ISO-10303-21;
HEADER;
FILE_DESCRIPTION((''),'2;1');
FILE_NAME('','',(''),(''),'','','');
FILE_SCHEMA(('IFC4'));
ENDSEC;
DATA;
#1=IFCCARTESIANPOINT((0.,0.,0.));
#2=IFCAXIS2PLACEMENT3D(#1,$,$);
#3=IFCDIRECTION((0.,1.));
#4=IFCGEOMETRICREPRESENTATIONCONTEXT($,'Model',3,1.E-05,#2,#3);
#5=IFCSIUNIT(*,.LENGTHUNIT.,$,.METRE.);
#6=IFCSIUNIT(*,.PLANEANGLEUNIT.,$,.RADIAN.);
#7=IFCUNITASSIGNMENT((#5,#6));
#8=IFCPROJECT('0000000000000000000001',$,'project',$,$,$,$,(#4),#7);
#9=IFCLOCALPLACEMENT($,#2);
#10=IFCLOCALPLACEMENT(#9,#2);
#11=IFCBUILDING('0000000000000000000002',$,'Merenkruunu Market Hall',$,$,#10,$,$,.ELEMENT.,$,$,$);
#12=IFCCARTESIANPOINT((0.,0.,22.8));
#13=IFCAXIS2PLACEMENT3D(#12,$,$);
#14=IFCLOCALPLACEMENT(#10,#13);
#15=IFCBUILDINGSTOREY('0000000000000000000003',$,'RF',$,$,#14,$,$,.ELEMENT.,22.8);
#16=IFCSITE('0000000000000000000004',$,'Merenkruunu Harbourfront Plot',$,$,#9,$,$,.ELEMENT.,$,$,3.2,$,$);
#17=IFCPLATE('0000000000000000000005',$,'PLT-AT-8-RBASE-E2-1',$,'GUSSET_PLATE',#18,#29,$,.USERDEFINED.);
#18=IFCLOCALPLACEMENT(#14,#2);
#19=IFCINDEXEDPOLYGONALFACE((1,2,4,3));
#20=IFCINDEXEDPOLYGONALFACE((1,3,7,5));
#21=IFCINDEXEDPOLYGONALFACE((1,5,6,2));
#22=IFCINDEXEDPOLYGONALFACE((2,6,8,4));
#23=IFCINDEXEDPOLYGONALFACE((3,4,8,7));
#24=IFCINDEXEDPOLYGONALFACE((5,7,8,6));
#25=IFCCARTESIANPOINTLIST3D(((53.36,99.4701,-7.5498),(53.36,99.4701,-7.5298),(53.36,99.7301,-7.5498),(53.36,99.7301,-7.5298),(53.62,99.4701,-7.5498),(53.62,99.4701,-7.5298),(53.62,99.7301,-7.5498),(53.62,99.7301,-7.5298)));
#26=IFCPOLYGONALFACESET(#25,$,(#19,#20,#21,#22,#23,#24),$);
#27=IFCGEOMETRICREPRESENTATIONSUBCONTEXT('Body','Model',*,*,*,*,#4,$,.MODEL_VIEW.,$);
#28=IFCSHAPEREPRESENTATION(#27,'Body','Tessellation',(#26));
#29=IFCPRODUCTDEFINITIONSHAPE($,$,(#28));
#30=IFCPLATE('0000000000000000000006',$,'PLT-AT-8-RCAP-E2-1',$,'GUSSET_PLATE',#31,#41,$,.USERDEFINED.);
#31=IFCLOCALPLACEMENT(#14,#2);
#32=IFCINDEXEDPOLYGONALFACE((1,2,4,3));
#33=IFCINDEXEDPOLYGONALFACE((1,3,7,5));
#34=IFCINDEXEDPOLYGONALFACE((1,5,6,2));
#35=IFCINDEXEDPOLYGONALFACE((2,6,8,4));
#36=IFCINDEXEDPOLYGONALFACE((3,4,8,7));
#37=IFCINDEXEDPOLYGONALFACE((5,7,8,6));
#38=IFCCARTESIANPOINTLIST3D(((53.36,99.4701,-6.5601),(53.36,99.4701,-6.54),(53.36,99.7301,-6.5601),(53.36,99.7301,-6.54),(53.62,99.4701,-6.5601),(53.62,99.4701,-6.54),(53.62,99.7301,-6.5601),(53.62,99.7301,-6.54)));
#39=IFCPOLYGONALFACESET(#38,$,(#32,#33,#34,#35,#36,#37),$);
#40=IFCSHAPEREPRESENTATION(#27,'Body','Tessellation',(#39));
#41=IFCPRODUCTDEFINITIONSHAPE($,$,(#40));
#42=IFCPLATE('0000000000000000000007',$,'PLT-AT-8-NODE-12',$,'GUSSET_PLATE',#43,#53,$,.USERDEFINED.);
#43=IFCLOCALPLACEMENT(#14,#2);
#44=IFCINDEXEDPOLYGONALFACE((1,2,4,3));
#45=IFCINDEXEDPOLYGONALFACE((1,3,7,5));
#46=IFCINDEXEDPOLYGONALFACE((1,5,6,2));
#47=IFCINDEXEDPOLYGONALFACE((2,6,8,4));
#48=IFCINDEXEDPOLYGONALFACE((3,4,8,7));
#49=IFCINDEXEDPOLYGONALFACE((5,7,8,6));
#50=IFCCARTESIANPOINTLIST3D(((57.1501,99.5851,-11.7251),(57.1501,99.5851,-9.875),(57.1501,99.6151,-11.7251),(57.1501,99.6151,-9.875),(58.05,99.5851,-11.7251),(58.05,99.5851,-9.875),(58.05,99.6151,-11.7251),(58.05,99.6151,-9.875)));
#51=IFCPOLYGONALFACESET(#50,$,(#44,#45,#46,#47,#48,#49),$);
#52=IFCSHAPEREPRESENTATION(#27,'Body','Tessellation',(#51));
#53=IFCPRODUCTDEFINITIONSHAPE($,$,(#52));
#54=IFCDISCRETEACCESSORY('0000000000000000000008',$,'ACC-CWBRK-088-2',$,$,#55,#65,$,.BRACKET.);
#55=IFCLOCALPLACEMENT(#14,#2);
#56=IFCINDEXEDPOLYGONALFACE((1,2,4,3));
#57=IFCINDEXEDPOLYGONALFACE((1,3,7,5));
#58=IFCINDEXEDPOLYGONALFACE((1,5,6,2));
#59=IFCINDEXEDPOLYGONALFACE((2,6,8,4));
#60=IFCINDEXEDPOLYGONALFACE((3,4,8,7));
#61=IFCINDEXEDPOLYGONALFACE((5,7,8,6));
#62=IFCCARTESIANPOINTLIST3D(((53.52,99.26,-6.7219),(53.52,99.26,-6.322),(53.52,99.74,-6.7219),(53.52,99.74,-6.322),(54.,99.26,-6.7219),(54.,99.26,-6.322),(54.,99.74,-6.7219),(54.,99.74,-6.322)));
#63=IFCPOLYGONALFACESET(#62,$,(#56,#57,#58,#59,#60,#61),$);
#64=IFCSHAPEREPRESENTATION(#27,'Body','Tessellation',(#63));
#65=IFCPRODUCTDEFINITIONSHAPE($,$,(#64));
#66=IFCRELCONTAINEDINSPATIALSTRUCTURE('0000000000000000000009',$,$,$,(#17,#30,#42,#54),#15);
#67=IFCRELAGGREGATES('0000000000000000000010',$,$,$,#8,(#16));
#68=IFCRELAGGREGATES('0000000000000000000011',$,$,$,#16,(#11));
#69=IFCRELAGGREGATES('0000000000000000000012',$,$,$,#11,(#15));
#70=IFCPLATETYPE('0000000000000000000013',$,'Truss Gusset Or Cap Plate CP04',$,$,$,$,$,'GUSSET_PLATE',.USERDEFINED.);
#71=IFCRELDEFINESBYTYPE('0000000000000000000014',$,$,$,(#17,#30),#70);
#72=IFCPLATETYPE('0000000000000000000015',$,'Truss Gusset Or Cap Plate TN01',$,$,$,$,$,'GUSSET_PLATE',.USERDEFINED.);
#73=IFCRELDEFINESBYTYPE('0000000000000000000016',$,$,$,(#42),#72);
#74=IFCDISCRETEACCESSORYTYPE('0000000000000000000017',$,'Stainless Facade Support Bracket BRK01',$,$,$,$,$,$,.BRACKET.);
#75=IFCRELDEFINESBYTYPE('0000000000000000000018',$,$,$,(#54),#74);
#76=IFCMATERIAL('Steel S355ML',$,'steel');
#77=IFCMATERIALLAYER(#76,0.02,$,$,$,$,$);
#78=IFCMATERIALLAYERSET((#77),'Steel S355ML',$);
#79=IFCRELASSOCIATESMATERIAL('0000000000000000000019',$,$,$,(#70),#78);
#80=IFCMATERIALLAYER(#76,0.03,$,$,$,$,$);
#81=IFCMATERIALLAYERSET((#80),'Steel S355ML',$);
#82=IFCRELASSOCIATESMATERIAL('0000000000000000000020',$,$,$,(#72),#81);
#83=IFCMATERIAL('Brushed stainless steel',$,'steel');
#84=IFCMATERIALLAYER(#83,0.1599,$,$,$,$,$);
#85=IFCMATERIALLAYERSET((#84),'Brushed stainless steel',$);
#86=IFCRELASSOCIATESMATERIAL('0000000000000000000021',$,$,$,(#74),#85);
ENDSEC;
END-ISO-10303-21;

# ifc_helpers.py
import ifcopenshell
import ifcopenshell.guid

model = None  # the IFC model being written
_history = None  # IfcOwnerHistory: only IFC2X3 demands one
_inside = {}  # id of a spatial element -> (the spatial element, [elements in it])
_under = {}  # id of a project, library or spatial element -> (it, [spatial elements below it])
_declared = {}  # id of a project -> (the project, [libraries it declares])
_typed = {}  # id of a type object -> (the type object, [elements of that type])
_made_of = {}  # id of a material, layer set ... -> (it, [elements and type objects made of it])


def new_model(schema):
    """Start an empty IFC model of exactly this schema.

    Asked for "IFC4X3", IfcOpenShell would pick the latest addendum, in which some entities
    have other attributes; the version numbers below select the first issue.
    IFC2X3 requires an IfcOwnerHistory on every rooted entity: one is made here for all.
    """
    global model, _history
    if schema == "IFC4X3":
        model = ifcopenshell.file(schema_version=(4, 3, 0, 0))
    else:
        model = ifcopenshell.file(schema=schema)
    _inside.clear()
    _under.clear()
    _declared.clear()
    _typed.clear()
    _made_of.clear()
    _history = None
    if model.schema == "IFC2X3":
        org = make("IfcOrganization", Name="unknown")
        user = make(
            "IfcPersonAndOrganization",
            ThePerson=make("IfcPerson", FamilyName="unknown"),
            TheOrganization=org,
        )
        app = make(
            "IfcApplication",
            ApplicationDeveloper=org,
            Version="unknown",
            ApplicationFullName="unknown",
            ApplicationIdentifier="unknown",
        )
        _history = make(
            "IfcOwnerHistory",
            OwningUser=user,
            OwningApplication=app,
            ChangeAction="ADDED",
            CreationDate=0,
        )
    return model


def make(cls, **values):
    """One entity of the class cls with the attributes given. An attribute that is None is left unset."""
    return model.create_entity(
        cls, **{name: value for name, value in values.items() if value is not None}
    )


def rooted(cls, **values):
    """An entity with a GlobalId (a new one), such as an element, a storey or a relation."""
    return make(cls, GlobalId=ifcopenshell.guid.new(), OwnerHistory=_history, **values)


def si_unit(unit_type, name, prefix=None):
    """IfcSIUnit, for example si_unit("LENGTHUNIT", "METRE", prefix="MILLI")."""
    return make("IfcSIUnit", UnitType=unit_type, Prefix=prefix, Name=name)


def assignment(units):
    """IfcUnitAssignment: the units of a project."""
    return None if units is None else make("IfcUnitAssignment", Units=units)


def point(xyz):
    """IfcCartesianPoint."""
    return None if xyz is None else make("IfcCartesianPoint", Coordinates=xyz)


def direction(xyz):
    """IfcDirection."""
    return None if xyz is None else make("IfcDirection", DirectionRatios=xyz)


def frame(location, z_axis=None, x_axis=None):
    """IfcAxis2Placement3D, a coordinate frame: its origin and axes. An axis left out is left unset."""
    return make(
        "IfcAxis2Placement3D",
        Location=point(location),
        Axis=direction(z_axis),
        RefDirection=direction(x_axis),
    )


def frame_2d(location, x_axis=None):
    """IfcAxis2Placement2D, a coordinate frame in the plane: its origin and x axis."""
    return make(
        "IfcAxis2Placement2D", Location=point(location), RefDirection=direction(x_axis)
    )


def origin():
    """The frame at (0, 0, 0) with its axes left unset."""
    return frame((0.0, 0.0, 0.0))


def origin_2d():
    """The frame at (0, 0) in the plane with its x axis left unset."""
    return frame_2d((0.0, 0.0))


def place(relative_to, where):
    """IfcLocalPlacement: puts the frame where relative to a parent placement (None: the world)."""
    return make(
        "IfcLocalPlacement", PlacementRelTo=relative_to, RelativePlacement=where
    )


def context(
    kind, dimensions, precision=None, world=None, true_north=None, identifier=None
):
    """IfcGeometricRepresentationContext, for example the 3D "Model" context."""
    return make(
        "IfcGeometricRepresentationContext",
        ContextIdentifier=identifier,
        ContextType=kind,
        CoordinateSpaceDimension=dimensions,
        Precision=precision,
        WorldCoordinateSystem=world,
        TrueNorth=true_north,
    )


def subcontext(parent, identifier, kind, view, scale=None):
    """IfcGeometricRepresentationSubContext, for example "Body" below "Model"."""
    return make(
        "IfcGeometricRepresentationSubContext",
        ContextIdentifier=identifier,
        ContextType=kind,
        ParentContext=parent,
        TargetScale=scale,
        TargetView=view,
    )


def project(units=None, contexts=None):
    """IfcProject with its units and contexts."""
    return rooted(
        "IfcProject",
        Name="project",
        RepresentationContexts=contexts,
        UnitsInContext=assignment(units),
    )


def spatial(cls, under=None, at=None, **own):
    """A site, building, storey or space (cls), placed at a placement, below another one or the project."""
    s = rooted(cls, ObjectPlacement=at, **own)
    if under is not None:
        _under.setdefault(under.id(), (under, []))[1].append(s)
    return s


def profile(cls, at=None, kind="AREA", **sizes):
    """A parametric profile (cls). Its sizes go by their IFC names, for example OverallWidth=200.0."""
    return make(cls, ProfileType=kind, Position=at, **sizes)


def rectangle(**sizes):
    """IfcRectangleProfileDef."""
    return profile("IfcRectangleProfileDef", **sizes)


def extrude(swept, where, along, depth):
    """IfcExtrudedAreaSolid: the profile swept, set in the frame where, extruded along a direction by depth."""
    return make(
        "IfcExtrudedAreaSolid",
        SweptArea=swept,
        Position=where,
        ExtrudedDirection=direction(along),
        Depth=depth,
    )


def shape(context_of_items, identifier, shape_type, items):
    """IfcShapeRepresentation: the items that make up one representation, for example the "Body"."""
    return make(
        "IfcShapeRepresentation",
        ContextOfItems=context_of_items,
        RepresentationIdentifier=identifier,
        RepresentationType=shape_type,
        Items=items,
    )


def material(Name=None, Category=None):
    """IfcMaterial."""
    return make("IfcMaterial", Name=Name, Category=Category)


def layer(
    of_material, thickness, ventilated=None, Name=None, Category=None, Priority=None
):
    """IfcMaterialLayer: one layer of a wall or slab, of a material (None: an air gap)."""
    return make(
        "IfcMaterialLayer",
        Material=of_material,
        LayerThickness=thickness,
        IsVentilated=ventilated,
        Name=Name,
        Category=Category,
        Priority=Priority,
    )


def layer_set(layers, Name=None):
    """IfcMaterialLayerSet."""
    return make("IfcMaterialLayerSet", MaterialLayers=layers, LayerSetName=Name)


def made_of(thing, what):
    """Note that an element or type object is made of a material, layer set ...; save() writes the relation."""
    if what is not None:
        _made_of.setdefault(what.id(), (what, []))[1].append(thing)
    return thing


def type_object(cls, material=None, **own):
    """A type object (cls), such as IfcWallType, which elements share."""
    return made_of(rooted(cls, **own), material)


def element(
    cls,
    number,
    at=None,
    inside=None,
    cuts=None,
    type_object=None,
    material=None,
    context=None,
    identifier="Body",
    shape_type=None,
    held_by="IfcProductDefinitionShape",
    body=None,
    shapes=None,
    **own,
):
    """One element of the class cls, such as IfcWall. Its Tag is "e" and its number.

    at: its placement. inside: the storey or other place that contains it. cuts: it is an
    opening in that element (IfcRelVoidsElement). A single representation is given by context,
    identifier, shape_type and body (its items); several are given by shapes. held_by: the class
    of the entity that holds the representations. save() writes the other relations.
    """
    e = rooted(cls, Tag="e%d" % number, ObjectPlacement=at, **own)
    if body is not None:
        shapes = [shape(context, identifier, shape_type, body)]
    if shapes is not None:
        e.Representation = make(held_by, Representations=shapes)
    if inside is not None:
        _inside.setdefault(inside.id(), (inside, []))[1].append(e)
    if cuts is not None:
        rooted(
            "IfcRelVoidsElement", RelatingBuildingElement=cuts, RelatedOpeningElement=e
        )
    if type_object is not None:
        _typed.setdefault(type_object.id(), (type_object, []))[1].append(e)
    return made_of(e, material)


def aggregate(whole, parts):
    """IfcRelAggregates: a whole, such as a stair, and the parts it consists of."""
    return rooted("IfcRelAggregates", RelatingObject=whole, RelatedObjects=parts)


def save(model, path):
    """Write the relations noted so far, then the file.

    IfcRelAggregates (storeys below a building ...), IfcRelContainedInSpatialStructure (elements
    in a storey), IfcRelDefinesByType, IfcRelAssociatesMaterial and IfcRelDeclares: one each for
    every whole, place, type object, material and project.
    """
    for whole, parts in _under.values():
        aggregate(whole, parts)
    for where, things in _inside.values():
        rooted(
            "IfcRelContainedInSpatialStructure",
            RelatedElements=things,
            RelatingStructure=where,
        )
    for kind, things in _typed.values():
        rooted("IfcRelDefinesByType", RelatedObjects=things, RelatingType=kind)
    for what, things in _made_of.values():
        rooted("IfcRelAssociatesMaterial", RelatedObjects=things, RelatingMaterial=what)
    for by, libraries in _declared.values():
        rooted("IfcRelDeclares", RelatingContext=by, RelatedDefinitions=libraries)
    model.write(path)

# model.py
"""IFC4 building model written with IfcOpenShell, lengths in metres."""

from ifc_helpers import new_model, si_unit, direction, frame, origin, origin_2d, place, context, subcontext, project, spatial, rectangle, extrude, material, layer, layer_set, type_object, element, save


model = new_model("IFC4")

# Units and contexts
model_context = context("Model", 3, precision=1e-05, world=origin(), true_north=direction((0.0, 1.0)))
body_context = subcontext(model_context, "Body", "Model", "MODEL_VIEW")
ifc_project = project(units=[si_unit("LENGTHUNIT", "METRE"), si_unit("PLANEANGLEUNIT", "RADIAN")], contexts=[model_context])

# Site, building, storey
site_placement = place(None, origin())
site = spatial("IfcSite", under=ifc_project, at=site_placement, Name="Merenkruunu Harbourfront Plot", CompositionType="ELEMENT", RefElevation=3.2)
building_placement = place(site_placement, origin())
building = spatial("IfcBuilding", under=site, at=building_placement, Name="Merenkruunu Market Hall", CompositionType="ELEMENT")
storey_placement = place(building_placement, frame((0.0, 0.0, 22.8)))
storey = spatial("IfcBuildingStorey", under=building, at=storey_placement, Name="RF", CompositionType="ELEMENT", Elevation=22.8)

# Shared definitions
ifc_material_1 = material(Name="Steel S355ML", Category="steel")

# Plates
ifc_layer_1 = layer(ifc_material_1, 0.02)
ifc_layer_set_1 = layer_set([ifc_layer_1], Name="Steel S355ML")
plate_type_1 = type_object("IfcPlateType", Name="Truss Gusset Or Cap Plate CP04", ElementType="GUSSET_PLATE", PredefinedType="USERDEFINED", material=ifc_layer_set_1)
for number, where, z_axis, x_axis, name in (
    (1, (53.49, 99.6001, -7.5498), (0.0, 0.0, 1.0), (1.0, 0.0, 0.0), "PLT-AT-8-RBASE-E2-1"),
    (2, (53.49, 99.6001, -6.5601), (0.0, 0.0, 1.0), (1.0, 0.0, 0.0), "PLT-AT-8-RCAP-E2-1"),
):
    element("IfcPlate", number, at=place(storey_placement, frame(where, z_axis=z_axis, x_axis=x_axis)), inside=storey, type_object=plate_type_1, Name=name, ObjectType="GUSSET_PLATE", PredefinedType="USERDEFINED", context=body_context, shape_type="SweptSolid", body=[
        extrude(rectangle(XDim=0.26, YDim=0.26, at=origin_2d()), origin(), (0.0, 0.0, 1.0), 0.02),
    ])
ifc_layer_2 = layer(ifc_material_1, 0.03)
ifc_layer_set_2 = layer_set([ifc_layer_2], Name="Steel S355ML")
plate_type_2 = type_object("IfcPlateType", Name="Truss Gusset Or Cap Plate TN01", ElementType="GUSSET_PLATE", PredefinedType="USERDEFINED", material=ifc_layer_set_2)
plate_1_placement = place(storey_placement, frame((57.6001, 99.6001, -11.7251), z_axis=(0.0, 0.0, 1.0), x_axis=(1.0, 0.0, 0.0)))
element("IfcPlate", 3, at=plate_1_placement, inside=storey, type_object=plate_type_2, Name="PLT-AT-8-NODE-12", ObjectType="GUSSET_PLATE", PredefinedType="USERDEFINED", context=body_context, shape_type="SweptSolid", body=[
    extrude(rectangle(XDim=0.8999, YDim=0.03, at=origin_2d()), origin(), (0.0, 0.0, 1.0), 1.8501),
])

# Discrete accessory
ifc_material_2 = material(Name="Brushed stainless steel", Category="steel")
ifc_layer_3 = layer(ifc_material_2, 0.1599)
ifc_layer_set_3 = layer_set([ifc_layer_3], Name="Brushed stainless steel")
discrete_accessory_type = type_object("IfcDiscreteAccessoryType", Name="Stainless Facade Support Bracket BRK01", PredefinedType="BRACKET", material=ifc_layer_set_3)
discrete_accessory_placement = place(storey_placement, frame((53.76, 99.5, -6.7219), z_axis=(0.0, 0.0, 1.0), x_axis=(1.0, 0.0, 0.0)))
element("IfcDiscreteAccessory", 4, at=discrete_accessory_placement, inside=storey, type_object=discrete_accessory_type, Name="ACC-CWBRK-088-2", PredefinedType="BRACKET", context=body_context, shape_type="SweptSolid", body=[
    extrude(rectangle(XDim=0.48, YDim=0.48, at=origin_2d()), origin(), (0.0, 0.0, 1.0), 0.3999),
])

save(model, "model.ifc")
